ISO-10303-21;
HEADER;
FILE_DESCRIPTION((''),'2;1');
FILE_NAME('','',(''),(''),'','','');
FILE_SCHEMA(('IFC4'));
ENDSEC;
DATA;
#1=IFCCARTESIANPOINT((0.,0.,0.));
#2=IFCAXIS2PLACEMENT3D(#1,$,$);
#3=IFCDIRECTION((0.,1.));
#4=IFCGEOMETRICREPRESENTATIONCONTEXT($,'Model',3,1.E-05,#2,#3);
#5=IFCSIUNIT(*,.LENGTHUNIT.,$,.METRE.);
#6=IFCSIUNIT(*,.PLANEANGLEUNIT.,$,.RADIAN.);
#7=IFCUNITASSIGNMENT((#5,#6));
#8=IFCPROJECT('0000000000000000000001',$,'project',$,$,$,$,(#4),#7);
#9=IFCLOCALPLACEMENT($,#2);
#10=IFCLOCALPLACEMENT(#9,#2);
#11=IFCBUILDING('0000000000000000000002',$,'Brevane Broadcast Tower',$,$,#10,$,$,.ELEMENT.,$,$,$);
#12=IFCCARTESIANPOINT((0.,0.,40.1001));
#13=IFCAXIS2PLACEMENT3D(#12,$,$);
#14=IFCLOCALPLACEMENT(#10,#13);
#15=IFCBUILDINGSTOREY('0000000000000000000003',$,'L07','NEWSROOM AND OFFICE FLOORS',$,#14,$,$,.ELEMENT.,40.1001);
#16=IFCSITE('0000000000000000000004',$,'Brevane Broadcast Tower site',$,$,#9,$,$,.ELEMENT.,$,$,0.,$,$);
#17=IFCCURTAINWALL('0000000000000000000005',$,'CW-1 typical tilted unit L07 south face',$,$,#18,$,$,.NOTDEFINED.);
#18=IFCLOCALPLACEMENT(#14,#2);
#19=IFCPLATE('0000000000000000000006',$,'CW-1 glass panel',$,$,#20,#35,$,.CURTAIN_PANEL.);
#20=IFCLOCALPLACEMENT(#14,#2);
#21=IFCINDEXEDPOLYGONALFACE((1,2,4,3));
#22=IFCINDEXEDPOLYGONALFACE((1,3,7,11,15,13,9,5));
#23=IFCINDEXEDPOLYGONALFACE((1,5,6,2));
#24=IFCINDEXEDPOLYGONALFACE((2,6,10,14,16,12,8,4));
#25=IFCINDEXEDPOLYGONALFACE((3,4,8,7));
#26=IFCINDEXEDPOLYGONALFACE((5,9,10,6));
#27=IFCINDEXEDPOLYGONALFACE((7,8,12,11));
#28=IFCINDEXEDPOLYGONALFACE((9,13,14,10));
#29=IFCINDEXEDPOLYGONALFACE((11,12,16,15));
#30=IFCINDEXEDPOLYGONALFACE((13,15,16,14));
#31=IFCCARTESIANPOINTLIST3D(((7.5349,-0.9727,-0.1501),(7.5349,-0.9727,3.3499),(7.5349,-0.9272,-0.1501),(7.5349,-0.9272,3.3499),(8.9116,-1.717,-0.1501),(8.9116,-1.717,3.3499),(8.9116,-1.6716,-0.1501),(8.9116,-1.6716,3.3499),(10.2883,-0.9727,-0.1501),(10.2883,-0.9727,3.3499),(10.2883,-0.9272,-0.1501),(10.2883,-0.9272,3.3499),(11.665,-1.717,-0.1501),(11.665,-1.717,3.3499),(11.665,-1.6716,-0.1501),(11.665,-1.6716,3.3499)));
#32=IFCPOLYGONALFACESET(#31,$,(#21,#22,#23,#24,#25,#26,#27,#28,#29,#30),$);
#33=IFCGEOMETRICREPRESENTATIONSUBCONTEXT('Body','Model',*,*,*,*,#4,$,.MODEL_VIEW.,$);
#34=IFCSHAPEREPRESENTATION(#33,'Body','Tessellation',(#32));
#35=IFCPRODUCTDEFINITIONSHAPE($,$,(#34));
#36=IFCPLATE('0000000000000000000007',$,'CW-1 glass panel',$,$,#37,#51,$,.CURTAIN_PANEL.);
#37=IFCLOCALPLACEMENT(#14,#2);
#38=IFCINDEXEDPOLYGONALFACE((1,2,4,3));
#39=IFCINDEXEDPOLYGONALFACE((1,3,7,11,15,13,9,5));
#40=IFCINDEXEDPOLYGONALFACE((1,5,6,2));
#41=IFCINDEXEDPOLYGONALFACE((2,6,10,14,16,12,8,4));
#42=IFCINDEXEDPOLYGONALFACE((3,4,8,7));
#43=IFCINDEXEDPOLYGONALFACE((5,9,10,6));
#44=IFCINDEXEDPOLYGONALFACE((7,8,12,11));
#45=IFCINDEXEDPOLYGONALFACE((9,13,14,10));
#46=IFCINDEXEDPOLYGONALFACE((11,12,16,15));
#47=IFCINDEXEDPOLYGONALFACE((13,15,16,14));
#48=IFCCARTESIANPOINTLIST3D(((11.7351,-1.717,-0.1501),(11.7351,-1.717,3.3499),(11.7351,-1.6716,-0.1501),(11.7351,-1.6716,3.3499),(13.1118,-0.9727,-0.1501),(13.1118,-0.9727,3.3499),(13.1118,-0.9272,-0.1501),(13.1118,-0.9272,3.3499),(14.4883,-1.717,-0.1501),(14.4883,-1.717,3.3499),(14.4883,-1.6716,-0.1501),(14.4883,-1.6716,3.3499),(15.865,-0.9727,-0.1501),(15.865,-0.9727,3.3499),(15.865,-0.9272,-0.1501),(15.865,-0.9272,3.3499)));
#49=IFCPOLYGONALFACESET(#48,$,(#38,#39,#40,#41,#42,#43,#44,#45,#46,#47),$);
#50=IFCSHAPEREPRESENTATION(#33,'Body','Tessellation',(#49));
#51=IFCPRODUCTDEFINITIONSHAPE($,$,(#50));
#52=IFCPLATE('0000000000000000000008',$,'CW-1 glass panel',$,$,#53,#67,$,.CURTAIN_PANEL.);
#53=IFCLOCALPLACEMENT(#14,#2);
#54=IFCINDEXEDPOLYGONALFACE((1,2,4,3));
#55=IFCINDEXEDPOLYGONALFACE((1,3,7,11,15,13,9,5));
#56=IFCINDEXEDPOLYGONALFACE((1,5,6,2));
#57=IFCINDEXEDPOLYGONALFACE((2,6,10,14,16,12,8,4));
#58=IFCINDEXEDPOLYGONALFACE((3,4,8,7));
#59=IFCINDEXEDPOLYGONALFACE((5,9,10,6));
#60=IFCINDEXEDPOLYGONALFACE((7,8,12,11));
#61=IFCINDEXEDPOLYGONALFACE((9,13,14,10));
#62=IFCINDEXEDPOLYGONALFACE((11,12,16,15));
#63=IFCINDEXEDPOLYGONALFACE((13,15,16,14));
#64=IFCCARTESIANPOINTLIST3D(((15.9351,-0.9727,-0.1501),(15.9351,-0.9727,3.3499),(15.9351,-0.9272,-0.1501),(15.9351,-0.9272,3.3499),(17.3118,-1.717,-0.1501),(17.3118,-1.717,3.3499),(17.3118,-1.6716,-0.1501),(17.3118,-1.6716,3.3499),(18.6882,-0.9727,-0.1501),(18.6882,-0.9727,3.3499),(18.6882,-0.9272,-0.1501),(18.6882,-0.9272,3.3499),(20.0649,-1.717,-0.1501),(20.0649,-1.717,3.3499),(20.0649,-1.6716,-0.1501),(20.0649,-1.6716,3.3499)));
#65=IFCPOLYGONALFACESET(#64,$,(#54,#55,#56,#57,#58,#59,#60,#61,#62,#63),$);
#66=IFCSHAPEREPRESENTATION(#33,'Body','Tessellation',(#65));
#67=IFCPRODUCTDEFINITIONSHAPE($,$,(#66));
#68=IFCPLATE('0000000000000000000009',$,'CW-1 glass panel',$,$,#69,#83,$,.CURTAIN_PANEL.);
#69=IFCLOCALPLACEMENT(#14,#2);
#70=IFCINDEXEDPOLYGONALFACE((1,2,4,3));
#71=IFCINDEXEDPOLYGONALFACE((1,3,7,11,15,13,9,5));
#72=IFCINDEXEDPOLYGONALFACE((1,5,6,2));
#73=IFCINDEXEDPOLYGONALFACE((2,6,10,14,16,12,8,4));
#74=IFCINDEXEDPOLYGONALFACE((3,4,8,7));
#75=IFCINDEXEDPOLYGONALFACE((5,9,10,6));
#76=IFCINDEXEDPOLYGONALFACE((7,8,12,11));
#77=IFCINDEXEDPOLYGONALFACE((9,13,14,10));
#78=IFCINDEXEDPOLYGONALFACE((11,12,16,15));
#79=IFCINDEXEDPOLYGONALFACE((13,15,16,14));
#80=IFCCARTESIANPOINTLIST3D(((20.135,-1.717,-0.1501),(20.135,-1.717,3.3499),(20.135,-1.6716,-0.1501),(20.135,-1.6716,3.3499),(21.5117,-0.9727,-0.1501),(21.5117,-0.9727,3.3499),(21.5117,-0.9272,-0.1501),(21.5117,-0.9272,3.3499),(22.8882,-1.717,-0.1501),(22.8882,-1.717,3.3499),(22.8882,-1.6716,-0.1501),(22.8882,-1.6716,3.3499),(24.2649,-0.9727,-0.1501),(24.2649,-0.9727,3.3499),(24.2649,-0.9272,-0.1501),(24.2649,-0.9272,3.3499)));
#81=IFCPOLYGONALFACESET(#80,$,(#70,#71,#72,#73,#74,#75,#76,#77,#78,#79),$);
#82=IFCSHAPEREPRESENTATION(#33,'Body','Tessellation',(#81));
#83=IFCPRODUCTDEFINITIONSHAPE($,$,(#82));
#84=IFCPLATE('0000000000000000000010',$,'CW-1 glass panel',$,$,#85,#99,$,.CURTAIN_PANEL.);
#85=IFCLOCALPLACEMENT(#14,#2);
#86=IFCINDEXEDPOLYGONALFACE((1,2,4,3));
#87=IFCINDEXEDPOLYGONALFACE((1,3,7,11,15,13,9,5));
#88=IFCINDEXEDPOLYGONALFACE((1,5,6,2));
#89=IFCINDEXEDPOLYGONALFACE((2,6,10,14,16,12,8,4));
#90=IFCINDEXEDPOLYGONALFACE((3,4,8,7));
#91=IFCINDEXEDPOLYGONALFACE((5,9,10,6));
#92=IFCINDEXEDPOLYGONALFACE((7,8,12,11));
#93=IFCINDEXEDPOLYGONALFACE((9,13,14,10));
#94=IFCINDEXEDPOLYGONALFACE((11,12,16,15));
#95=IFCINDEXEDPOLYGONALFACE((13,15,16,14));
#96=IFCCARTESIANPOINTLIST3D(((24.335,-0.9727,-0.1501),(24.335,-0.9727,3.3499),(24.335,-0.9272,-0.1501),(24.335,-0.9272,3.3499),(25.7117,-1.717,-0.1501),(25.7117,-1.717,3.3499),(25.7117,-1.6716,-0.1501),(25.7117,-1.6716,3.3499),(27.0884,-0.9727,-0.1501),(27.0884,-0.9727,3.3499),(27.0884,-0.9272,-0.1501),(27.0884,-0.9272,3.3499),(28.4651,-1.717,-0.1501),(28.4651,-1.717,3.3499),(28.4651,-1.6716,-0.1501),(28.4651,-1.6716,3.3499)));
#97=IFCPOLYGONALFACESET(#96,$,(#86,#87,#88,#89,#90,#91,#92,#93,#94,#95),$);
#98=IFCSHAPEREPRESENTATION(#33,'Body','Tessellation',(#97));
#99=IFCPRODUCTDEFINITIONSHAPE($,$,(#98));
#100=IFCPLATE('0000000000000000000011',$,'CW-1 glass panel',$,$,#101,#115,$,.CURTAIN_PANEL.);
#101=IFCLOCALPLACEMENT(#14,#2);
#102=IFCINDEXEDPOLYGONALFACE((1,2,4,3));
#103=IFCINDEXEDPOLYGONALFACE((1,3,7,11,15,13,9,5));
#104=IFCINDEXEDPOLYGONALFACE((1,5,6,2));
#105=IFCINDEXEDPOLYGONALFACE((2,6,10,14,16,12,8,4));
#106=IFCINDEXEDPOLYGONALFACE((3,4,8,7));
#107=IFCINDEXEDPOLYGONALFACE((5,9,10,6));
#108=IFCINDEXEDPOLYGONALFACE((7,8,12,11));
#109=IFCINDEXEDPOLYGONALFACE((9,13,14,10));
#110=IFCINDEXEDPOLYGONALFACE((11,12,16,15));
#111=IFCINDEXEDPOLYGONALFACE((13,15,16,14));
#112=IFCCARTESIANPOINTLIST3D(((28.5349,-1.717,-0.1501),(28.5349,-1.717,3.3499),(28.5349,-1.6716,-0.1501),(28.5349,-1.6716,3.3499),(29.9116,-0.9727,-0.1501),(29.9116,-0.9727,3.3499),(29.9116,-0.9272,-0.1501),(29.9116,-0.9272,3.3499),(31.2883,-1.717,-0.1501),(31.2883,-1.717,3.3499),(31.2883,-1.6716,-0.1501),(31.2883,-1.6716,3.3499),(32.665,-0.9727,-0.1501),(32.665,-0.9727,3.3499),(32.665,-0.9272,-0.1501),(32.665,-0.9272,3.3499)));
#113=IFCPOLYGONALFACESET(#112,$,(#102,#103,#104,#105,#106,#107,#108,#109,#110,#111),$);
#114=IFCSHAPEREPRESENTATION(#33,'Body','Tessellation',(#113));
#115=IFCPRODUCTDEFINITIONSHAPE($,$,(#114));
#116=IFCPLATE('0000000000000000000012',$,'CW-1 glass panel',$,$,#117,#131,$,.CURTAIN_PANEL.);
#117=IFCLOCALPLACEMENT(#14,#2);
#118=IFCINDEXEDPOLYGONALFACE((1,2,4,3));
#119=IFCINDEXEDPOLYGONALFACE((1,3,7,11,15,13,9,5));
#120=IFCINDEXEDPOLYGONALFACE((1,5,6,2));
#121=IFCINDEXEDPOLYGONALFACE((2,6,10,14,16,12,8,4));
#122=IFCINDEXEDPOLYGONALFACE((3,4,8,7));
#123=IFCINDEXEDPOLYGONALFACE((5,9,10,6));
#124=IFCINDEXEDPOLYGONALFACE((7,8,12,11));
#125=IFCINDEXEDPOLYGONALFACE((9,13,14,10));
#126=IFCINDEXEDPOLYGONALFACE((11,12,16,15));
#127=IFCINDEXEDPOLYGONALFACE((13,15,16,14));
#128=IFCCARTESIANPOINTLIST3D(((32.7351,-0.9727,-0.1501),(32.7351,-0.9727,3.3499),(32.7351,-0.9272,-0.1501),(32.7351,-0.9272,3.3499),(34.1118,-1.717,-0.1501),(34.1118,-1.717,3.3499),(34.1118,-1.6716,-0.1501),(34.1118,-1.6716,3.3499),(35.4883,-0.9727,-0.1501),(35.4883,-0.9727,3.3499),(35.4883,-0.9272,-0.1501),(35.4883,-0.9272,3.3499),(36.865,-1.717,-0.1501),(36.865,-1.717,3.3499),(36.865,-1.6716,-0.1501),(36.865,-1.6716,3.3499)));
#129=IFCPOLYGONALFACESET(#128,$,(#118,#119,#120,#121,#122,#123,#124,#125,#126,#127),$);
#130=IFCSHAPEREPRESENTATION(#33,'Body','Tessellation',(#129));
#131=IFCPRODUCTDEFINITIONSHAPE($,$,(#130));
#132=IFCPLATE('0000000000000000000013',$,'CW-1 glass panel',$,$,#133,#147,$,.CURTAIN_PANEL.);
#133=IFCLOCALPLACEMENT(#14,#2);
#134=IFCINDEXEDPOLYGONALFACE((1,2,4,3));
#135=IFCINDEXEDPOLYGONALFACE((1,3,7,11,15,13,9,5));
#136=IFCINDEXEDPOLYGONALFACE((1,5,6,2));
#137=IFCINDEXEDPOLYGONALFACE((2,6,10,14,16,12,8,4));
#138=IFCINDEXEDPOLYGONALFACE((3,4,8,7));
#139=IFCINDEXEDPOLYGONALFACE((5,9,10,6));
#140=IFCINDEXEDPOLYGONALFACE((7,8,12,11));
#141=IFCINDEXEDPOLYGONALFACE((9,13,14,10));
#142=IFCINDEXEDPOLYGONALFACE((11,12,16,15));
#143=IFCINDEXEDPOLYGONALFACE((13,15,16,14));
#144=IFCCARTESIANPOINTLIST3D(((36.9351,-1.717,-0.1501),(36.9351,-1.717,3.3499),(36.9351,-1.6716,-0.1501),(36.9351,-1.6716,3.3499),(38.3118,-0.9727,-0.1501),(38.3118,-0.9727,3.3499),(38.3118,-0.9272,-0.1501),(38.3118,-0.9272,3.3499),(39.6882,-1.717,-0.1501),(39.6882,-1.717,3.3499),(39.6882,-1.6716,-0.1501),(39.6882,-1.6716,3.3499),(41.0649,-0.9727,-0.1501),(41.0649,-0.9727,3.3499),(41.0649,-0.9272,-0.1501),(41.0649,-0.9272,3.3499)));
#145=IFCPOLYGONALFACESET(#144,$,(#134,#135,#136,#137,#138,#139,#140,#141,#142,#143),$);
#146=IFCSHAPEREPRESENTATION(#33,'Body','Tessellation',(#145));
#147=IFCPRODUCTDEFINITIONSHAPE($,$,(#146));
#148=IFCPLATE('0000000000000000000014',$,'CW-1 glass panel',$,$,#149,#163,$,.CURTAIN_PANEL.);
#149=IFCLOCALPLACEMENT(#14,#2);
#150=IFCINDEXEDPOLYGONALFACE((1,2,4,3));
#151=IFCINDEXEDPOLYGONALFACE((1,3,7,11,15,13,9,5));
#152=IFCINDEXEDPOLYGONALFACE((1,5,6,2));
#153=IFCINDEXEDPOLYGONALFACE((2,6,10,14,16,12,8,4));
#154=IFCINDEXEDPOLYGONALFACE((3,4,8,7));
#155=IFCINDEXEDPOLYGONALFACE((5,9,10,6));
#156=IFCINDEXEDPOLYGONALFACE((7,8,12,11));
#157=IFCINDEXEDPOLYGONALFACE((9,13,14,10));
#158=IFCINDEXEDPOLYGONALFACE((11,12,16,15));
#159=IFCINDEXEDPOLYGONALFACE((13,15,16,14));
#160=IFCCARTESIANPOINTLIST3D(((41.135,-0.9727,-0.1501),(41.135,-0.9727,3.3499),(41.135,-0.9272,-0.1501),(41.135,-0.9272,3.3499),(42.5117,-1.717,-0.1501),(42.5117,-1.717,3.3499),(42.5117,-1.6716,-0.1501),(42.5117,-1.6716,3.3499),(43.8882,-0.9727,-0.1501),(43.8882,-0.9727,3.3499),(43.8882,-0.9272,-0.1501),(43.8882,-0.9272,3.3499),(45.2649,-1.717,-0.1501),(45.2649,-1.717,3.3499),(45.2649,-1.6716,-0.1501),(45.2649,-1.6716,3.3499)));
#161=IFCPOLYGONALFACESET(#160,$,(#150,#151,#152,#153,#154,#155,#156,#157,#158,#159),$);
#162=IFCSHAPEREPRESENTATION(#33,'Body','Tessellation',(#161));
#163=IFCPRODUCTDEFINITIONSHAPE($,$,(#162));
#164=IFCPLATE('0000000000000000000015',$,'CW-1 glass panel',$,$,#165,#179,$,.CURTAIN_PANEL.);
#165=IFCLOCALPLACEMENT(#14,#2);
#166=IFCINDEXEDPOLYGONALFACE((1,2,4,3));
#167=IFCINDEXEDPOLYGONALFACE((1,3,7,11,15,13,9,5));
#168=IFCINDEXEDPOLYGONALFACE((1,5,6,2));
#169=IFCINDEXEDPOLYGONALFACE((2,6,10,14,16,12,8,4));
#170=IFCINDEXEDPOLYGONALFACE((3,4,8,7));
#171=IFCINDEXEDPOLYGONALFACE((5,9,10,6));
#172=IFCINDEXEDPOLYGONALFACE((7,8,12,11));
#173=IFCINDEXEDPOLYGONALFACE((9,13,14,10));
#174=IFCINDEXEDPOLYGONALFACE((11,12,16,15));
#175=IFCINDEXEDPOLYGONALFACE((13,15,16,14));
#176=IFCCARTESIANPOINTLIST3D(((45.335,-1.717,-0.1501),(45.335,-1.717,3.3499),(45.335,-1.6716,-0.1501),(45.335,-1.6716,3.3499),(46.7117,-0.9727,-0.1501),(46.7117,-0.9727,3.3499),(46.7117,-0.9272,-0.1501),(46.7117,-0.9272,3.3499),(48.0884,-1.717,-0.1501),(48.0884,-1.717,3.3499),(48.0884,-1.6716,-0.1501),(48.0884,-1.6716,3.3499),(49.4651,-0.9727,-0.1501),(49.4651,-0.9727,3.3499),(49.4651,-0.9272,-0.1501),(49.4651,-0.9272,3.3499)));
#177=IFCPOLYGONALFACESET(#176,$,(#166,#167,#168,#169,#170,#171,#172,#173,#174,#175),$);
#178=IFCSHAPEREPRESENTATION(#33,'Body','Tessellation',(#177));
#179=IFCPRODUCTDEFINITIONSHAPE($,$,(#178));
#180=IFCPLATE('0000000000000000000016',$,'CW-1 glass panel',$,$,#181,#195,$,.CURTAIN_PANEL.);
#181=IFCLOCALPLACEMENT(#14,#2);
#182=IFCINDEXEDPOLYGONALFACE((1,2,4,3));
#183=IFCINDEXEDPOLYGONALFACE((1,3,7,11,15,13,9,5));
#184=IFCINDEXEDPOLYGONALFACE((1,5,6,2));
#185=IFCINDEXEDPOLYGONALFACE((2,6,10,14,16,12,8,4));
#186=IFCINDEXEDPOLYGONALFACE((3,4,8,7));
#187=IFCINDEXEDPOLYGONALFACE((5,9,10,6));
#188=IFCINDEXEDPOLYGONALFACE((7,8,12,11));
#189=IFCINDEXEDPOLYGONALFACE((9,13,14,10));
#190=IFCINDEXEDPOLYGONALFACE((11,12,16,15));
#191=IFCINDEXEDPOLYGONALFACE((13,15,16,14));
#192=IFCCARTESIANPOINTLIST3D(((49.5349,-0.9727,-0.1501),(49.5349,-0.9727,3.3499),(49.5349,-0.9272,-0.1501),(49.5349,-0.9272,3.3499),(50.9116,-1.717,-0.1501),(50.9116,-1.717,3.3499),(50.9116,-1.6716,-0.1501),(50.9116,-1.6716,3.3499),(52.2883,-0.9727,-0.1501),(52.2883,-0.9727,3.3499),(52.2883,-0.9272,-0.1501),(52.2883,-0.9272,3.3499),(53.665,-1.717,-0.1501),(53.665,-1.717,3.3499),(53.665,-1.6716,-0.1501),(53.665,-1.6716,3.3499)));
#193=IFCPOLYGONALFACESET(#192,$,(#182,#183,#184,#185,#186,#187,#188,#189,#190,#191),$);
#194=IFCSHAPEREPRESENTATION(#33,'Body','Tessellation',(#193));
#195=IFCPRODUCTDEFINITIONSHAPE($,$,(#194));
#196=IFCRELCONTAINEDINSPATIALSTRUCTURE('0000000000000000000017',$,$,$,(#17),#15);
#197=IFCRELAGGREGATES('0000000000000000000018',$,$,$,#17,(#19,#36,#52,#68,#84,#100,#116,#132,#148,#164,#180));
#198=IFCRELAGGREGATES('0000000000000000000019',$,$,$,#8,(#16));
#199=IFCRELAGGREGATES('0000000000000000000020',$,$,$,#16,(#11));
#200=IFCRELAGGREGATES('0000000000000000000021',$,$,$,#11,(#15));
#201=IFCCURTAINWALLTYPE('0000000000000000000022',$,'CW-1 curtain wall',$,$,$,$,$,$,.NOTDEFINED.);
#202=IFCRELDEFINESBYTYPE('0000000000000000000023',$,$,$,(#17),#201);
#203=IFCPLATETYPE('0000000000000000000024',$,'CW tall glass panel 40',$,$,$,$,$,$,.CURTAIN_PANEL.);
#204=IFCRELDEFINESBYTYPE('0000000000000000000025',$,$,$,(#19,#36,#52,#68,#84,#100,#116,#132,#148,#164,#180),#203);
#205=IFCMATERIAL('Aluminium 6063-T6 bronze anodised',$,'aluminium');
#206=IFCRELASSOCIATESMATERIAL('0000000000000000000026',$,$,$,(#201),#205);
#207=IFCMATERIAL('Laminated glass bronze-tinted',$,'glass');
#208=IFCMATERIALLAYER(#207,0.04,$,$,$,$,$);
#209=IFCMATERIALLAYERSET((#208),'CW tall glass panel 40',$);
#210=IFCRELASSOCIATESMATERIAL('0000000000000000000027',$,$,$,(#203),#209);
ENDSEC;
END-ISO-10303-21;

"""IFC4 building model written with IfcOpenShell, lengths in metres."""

from ifc_helpers import new_model, si_unit, direction, frame, origin, place, context, subcontext, project, spatial, polyline, outline, extrude, material, layer, layer_set, type_object, element, aggregate, save


model = new_model("IFC4")

# Units and contexts
model_context = context("Model", 3, precision=1e-05, world=origin(), true_north=direction((0.0, 1.0)))
body_context = subcontext(model_context, "Body", "Model", "MODEL_VIEW")
ifc_project = project(units=[si_unit("LENGTHUNIT", "METRE"), si_unit("PLANEANGLEUNIT", "RADIAN")], contexts=[model_context])

# Site, building, storey
site_placement = place(None, origin())
site = spatial("IfcSite", under=ifc_project, at=site_placement, Name="Brevane Broadcast Tower site", CompositionType="ELEMENT", RefElevation=0.0)
building_placement = place(site_placement, origin())
building = spatial("IfcBuilding", under=site, at=building_placement, Name="Brevane Broadcast Tower", CompositionType="ELEMENT")
storey_placement = place(building_placement, frame((0.0, 0.0, 40.1001)))
storey = spatial("IfcBuildingStorey", under=building, at=storey_placement, Name="L07", Description="NEWSROOM AND OFFICE FLOORS", CompositionType="ELEMENT", Elevation=40.1001)

# Curtain wall, plates
ifc_material_1 = material(Name="Aluminium 6063-T6 bronze anodised", Category="aluminium")
curtain_wall_type = type_object("IfcCurtainWallType", Name="CW-1 curtain wall", PredefinedType="NOTDEFINED", material=ifc_material_1)
curtain_wall_1_placement = place(storey_placement, origin())
curtain_wall_1 = element("IfcCurtainWall", 1, at=curtain_wall_1_placement, inside=storey, type_object=curtain_wall_type, Name="CW-1 typical tilted unit L07 south face", PredefinedType="NOTDEFINED")
ifc_material_2 = material(Name="Laminated glass bronze-tinted", Category="glass")
ifc_layer = layer(ifc_material_2, 0.04)
ifc_layer_set = layer_set([ifc_layer], Name="CW tall glass panel 40")
plate_type = type_object("IfcPlateType", Name="CW tall glass panel 40", PredefinedType="CURTAIN_PANEL", material=ifc_layer_set)
plate_1_placement = place(storey_placement, frame((0.0, 0.0, -0.1501)))
plate_1 = element("IfcPlate", 2, at=plate_1_placement, type_object=plate_type, Name="CW-1 glass panel", PredefinedType="CURTAIN_PANEL", context=body_context, shape_type="SweptSolid", body=[
    extrude(outline(polyline([(7.5349, -0.9272), (7.5349, -0.9727), (8.9116, -1.717), (10.2883, -0.9727), (11.665, -1.717), (11.665, -1.6716), (10.2883, -0.9272), (8.9116, -1.6716), (7.5349, -0.9272)])), origin(), (0.0, 0.0, 1.0), 3.5),
])
plate_2_placement = place(storey_placement, frame((0.0, 0.0, -0.1501)))
plate_2 = element("IfcPlate", 3, at=plate_2_placement, type_object=plate_type, Name="CW-1 glass panel", PredefinedType="CURTAIN_PANEL", context=body_context, shape_type="SweptSolid", body=[
    extrude(outline(polyline([(11.7351, -1.6716), (11.7351, -1.717), (13.1118, -0.9727), (14.4883, -1.717), (15.865, -0.9727), (15.865, -0.9272), (14.4883, -1.6716), (13.1118, -0.9272), (11.7351, -1.6716)])), origin(), (0.0, 0.0, 1.0), 3.5),
])
plate_3_placement = place(storey_placement, frame((0.0, 0.0, -0.1501)))
plate_3 = element("IfcPlate", 4, at=plate_3_placement, type_object=plate_type, Name="CW-1 glass panel", PredefinedType="CURTAIN_PANEL", context=body_context, shape_type="SweptSolid", body=[
    extrude(outline(polyline([(15.9351, -0.9272), (15.9351, -0.9727), (17.3118, -1.717), (18.6882, -0.9727), (20.0649, -1.717), (20.0649, -1.6716), (18.6882, -0.9272), (17.3118, -1.6716), (15.9351, -0.9272)])), origin(), (0.0, 0.0, 1.0), 3.5),
])
plate_4_placement = place(storey_placement, frame((0.0, 0.0, -0.1501)))
plate_4 = element("IfcPlate", 5, at=plate_4_placement, type_object=plate_type, Name="CW-1 glass panel", PredefinedType="CURTAIN_PANEL", context=body_context, shape_type="SweptSolid", body=[
    extrude(outline(polyline([(20.135, -1.6716), (20.135, -1.717), (21.5117, -0.9727), (22.8882, -1.717), (24.2649, -0.9727), (24.2649, -0.9272), (22.8882, -1.6716), (21.5117, -0.9272), (20.135, -1.6716)])), origin(), (0.0, 0.0, 1.0), 3.5),
])
plate_5_placement = place(storey_placement, frame((0.0, 0.0, -0.1501)))
plate_5 = element("IfcPlate", 6, at=plate_5_placement, type_object=plate_type, Name="CW-1 glass panel", PredefinedType="CURTAIN_PANEL", context=body_context, shape_type="SweptSolid", body=[
    extrude(outline(polyline([(24.335, -0.9272), (24.335, -0.9727), (25.7117, -1.717), (27.0884, -0.9727), (28.4651, -1.717), (28.4651, -1.6716), (27.0884, -0.9272), (25.7117, -1.6716), (24.335, -0.9272)])), origin(), (0.0, 0.0, 1.0), 3.5),
])
plate_6_placement = place(storey_placement, frame((0.0, 0.0, -0.1501)))
plate_6 = element("IfcPlate", 7, at=plate_6_placement, type_object=plate_type, Name="CW-1 glass panel", PredefinedType="CURTAIN_PANEL", context=body_context, shape_type="SweptSolid", body=[
    extrude(outline(polyline([(28.5349, -1.6716), (28.5349, -1.717), (29.9116, -0.9727), (31.2883, -1.717), (32.665, -0.9727), (32.665, -0.9272), (31.2883, -1.6716), (29.9116, -0.9272), (28.5349, -1.6716)])), origin(), (0.0, 0.0, 1.0), 3.5),
])
plate_7_placement = place(storey_placement, frame((0.0, 0.0, -0.1501)))
plate_7 = element("IfcPlate", 8, at=plate_7_placement, type_object=plate_type, Name="CW-1 glass panel", PredefinedType="CURTAIN_PANEL", context=body_context, shape_type="SweptSolid", body=[
    extrude(outline(polyline([(32.7351, -0.9272), (32.7351, -0.9727), (34.1118, -1.717), (35.4883, -0.9727), (36.865, -1.717), (36.865, -1.6716), (35.4883, -0.9272), (34.1118, -1.6716), (32.7351, -0.9272)])), origin(), (0.0, 0.0, 1.0), 3.5),
])
plate_8_placement = place(storey_placement, frame((0.0, 0.0, -0.1501)))
plate_8 = element("IfcPlate", 9, at=plate_8_placement, type_object=plate_type, Name="CW-1 glass panel", PredefinedType="CURTAIN_PANEL", context=body_context, shape_type="SweptSolid", body=[
    extrude(outline(polyline([(36.9351, -1.6716), (36.9351, -1.717), (38.3118, -0.9727), (39.6882, -1.717), (41.0649, -0.9727), (41.0649, -0.9272), (39.6882, -1.6716), (38.3118, -0.9272), (36.9351, -1.6716)])), origin(), (0.0, 0.0, 1.0), 3.5),
])
plate_9_placement = place(storey_placement, frame((0.0, 0.0, -0.1501)))
plate_9 = element("IfcPlate", 10, at=plate_9_placement, type_object=plate_type, Name="CW-1 glass panel", PredefinedType="CURTAIN_PANEL", context=body_context, shape_type="SweptSolid", body=[
    extrude(outline(polyline([(41.135, -0.9272), (41.135, -0.9727), (42.5117, -1.717), (43.8882, -0.9727), (45.2649, -1.717), (45.2649, -1.6716), (43.8882, -0.9272), (42.5117, -1.6716), (41.135, -0.9272)])), origin(), (0.0, 0.0, 1.0), 3.5),
])
plate_10_placement = place(storey_placement, frame((0.0, 0.0, -0.1501)))
plate_10 = element("IfcPlate", 11, at=plate_10_placement, type_object=plate_type, Name="CW-1 glass panel", PredefinedType="CURTAIN_PANEL", context=body_context, shape_type="SweptSolid", body=[
    extrude(outline(polyline([(45.335, -1.6716), (45.335, -1.717), (46.7117, -0.9727), (48.0884, -1.717), (49.4651, -0.9727), (49.4651, -0.9272), (48.0884, -1.6716), (46.7117, -0.9272), (45.335, -1.6716)])), origin(), (0.0, 0.0, 1.0), 3.5),
])
plate_11_placement = place(storey_placement, frame((0.0, 0.0, -0.1501)))
plate_11 = element("IfcPlate", 12, at=plate_11_placement, type_object=plate_type, Name="CW-1 glass panel", PredefinedType="CURTAIN_PANEL", context=body_context, shape_type="SweptSolid", body=[
    extrude(outline(polyline([(49.5349, -0.9272), (49.5349, -0.9727), (50.9116, -1.717), (52.2883, -0.9727), (53.665, -1.717), (53.665, -1.6716), (52.2883, -0.9272), (50.9116, -1.6716), (49.5349, -0.9272)])), origin(), (0.0, 0.0, 1.0), 3.5),
])
aggregate(curtain_wall_1, [plate_1, plate_2, plate_3, plate_4, plate_5, plate_6, plate_7, plate_8, plate_9, plate_10, plate_11])

save(model, "model.ifc")
